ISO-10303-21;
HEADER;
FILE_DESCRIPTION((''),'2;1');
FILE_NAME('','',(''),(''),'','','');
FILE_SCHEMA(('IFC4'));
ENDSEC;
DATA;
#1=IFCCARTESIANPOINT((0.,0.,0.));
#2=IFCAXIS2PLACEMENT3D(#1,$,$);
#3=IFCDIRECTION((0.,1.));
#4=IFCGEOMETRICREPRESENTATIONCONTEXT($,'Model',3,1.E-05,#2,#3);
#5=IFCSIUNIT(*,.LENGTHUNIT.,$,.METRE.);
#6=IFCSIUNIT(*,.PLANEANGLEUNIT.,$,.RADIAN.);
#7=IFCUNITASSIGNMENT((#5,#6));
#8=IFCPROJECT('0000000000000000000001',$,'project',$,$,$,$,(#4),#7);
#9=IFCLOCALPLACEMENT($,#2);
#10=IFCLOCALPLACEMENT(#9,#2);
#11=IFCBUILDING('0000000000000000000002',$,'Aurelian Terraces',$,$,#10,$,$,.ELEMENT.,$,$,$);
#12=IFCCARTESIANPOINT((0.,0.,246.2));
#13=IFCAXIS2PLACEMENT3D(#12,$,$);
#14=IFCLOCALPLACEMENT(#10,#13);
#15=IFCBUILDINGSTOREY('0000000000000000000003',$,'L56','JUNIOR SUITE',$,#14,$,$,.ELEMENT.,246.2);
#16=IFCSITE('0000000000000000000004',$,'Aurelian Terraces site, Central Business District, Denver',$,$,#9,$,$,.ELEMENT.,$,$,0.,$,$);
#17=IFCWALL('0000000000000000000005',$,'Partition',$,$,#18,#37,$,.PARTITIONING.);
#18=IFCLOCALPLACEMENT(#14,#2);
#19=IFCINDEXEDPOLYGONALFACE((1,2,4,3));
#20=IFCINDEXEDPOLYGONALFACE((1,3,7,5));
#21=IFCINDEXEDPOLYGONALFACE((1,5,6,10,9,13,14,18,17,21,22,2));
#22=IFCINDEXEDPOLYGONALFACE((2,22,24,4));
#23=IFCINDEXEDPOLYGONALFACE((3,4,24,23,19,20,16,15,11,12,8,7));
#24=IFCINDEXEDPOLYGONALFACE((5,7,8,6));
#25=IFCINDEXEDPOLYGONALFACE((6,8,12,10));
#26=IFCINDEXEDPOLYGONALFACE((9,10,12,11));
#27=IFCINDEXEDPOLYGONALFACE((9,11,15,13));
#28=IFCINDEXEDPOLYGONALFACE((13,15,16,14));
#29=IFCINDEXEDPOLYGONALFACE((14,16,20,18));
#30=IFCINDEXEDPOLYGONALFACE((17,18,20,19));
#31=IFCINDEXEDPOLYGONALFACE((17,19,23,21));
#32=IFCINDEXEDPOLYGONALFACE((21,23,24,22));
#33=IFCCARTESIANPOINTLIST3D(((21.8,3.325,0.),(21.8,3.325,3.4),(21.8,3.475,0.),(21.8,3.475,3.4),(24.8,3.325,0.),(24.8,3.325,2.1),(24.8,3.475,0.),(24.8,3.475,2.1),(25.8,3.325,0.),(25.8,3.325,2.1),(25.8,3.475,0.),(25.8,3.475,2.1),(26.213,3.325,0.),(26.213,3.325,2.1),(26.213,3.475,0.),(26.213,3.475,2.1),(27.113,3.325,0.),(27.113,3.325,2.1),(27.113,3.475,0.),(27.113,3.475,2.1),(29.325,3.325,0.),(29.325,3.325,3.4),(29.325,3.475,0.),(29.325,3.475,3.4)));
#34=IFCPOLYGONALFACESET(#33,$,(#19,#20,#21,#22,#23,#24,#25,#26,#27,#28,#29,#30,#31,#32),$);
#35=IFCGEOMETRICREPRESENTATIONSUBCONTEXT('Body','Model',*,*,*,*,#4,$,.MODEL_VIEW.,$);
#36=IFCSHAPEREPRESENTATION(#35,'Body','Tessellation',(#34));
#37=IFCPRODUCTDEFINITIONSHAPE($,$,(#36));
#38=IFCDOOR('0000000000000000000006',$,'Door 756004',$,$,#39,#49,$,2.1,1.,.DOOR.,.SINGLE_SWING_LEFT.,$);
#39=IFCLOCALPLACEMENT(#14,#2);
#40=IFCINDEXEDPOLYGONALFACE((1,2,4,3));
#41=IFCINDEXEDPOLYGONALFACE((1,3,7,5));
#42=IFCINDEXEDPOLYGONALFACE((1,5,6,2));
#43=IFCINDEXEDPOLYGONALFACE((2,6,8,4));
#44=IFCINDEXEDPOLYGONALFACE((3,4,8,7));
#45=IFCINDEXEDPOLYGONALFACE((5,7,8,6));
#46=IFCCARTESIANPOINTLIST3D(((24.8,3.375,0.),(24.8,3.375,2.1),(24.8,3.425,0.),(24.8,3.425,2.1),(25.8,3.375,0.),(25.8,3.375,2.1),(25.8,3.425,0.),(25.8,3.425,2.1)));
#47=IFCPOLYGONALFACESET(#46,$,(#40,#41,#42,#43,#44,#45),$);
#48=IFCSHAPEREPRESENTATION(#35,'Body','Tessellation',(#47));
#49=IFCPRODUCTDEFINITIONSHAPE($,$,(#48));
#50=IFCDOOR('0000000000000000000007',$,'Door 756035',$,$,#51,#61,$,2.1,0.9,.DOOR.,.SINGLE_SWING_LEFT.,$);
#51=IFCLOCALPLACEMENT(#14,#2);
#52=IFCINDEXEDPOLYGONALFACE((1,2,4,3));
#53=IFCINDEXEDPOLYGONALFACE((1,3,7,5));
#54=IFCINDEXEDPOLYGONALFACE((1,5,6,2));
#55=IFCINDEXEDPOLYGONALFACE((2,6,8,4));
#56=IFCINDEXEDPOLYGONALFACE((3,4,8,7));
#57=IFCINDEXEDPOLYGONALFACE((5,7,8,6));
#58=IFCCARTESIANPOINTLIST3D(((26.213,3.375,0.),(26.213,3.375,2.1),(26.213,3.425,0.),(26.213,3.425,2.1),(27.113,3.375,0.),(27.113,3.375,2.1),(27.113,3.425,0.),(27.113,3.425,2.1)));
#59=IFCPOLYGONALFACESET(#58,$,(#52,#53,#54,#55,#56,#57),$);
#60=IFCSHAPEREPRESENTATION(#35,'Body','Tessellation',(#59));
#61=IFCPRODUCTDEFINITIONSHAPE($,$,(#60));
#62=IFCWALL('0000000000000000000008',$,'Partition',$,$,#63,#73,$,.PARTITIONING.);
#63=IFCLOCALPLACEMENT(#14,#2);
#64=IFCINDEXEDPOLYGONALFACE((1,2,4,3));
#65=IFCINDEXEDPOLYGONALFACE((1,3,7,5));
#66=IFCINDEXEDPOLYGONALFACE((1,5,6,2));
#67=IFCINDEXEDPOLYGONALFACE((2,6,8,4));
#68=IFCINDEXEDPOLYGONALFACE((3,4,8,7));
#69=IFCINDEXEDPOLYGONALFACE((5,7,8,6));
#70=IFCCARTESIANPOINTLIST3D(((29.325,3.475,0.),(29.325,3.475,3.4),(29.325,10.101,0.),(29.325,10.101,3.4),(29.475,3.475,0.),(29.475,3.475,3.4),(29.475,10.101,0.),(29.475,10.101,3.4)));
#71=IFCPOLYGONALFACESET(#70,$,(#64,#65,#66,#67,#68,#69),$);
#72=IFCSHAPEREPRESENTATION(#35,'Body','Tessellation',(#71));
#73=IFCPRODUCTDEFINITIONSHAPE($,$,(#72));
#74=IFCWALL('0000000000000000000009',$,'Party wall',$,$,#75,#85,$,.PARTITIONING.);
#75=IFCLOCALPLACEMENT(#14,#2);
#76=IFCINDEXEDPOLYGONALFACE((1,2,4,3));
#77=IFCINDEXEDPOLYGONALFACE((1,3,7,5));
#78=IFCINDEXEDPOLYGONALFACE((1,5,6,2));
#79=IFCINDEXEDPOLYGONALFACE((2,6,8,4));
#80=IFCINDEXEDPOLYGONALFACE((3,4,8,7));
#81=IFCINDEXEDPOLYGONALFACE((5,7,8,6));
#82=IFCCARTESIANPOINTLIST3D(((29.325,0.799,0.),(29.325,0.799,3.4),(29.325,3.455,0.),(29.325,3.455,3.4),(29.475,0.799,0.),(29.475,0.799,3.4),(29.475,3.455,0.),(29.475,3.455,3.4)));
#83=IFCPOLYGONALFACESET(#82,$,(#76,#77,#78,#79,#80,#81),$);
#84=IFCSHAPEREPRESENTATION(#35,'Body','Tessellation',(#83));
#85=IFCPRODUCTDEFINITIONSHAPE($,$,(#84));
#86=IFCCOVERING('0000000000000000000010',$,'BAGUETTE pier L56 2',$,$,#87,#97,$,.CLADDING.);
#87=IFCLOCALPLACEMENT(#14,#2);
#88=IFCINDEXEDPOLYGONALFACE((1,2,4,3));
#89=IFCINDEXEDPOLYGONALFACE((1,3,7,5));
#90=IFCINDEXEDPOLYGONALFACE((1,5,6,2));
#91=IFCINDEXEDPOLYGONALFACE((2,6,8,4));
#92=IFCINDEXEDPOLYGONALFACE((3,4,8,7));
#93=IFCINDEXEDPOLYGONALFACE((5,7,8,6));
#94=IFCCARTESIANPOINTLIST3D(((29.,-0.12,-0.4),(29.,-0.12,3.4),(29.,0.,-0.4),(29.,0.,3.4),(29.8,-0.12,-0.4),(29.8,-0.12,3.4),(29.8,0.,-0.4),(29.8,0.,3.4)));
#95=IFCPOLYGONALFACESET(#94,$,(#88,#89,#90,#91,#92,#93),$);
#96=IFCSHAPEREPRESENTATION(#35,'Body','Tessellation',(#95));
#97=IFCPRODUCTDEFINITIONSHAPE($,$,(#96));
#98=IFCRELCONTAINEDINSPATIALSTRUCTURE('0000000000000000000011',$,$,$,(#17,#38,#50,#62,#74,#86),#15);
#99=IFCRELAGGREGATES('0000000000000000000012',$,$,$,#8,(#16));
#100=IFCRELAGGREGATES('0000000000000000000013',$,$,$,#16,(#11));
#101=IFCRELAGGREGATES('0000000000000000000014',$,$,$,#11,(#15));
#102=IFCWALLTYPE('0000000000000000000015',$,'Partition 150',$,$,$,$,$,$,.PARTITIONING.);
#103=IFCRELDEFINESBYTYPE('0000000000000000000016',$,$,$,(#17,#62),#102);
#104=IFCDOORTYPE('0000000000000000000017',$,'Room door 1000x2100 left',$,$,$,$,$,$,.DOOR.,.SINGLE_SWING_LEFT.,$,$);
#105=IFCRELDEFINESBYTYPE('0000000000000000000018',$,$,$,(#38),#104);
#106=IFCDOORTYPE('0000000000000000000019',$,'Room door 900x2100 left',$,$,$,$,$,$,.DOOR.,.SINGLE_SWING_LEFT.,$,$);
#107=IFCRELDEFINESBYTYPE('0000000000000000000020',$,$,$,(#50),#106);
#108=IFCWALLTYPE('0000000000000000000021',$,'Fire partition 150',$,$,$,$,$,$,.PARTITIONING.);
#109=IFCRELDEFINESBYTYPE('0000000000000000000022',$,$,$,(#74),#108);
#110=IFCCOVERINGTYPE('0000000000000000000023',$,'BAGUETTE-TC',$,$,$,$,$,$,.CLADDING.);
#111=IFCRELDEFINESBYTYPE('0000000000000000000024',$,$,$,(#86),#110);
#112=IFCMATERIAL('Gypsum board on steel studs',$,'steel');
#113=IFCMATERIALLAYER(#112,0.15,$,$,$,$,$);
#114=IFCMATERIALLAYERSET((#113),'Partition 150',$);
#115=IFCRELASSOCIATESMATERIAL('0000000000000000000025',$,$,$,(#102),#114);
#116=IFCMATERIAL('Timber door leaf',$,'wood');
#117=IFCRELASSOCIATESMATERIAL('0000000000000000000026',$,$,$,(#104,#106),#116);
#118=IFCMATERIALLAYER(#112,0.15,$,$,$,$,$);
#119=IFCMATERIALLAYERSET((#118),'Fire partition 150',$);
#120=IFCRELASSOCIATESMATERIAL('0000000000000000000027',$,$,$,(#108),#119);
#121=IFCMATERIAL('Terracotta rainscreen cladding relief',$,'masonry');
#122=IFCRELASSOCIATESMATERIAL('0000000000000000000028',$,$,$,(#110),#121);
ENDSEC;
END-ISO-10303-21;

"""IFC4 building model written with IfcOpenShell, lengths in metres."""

from ifc_helpers import new_model, si_unit, direction, frame, frame_2d, origin, origin_2d, place, context, subcontext, project, spatial, rectangle, extrude, source, transform, mapped, material, layer, layer_set, type_object, element, fill, save


model = new_model("IFC4")

# Units and contexts
model_context = context("Model", 3, precision=1e-05, world=origin(), true_north=direction((0.0, 1.0)))
body_context = subcontext(model_context, "Body", "Model", "MODEL_VIEW")
ifc_project = project(units=[si_unit("LENGTHUNIT", "METRE"), si_unit("PLANEANGLEUNIT", "RADIAN")], contexts=[model_context])

# Site, building, storey
site_placement = place(None, origin())
site = spatial("IfcSite", under=ifc_project, at=site_placement, Name="Aurelian Terraces site, Central Business District, Denver", CompositionType="ELEMENT", RefElevation=0.0)
building_placement = place(site_placement, origin())
building = spatial("IfcBuilding", under=site, at=building_placement, Name="Aurelian Terraces", CompositionType="ELEMENT")
storey_placement = place(building_placement, frame((0.0, 0.0, 246.2)))
storey = spatial("IfcBuildingStorey", under=building, at=storey_placement, Name="L56", Description="JUNIOR SUITE", CompositionType="ELEMENT", Elevation=246.2)

# Shared definitions
ifc_material_1 = material(Name="Gypsum board on steel studs", Category="steel")
ifc_layer_1 = layer(ifc_material_1, 0.15)
ifc_layer_set_1 = layer_set([ifc_layer_1], Name="Partition 150")
wall_type_1 = type_object("IfcWallType", Name="Partition 150", PredefinedType="PARTITIONING", material=ifc_layer_set_1)

# Shared definitions
ifc_material_2 = material(Name="Timber door leaf", Category="wood")
door_type_1 = type_object("IfcDoorType", Name="Room door 1000x2100 left", OperationType="SINGLE_SWING_LEFT", PredefinedType="DOOR", material=ifc_material_2)
shared_shape_1 = source(origin(), body_context, "Body", "SweptSolid", [
    extrude(rectangle(XDim=1.0, YDim=2.1, at=frame_2d((0.5, 1.05))), frame((0.0, 0.025, 0.0), z_axis=(0.0, -1.0, 0.0), x_axis=(1.0, 0.0, 0.0)), (0.0, 0.0, 1.0), 0.05),
])

# Wall, openings, doors
shared_shape_2 = source(origin(), body_context, "Body", "SweptSolid", [
    extrude(rectangle(XDim=7.525, YDim=0.15, at=frame_2d((3.7625, 0.0))), origin(), (0.0, 0.0, 1.0), 3.4),
])
wall_1_placement = place(storey_placement, frame((21.8, 3.4, 0.0), z_axis=(0.0, 0.0, 1.0), x_axis=(1.0, 0.0, 0.0)))
wall_1 = element("IfcWall", 1, at=wall_1_placement, inside=storey, type_object=wall_type_1, Name="Partition", PredefinedType="PARTITIONING", context=body_context, shape_type="MappedRepresentation", body=[
    mapped(shared_shape_2, transform((0.0, 0.0, 0.0), scale=1.0)),
])
shared_shape_3 = source(origin(), body_context, "Body", "SweptSolid", [
    extrude(rectangle(XDim=1.0, YDim=2.1, at=frame_2d((0.5, 1.05))), frame((0.0, 0.085, 0.0), z_axis=(0.0, -1.0, 0.0), x_axis=(1.0, 0.0, 0.0)), (0.0, 0.0, 1.0), 0.17),
])
opening_1_placement = place(wall_1_placement, frame((3.0, 0.0, 0.0)))
opening_1 = element("IfcOpeningElement", 2, at=opening_1_placement, cuts=wall_1, PredefinedType="OPENING", context=body_context, shape_type="MappedRepresentation", body=[
    mapped(shared_shape_3, transform((0.0, 0.0, 0.0), scale=1.0)),
])
shared_shape_4 = source(origin(), body_context, "Body", "SweptSolid", [
    extrude(rectangle(XDim=0.9, YDim=2.1, at=frame_2d((0.45, 1.05))), frame((0.0, 0.085, 0.0), z_axis=(0.0, -1.0, 0.0), x_axis=(1.0, 0.0, 0.0)), (0.0, 0.0, 1.0), 0.17),
])
opening_2_placement = place(wall_1_placement, frame((4.413, 0.0, 0.0)))
opening_2 = element("IfcOpeningElement", 3, at=opening_2_placement, cuts=wall_1, PredefinedType="OPENING", context=body_context, shape_type="MappedRepresentation", body=[
    mapped(shared_shape_4, transform((0.0, 0.0, 0.0), scale=1.0)),
])
door_1_placement = place(opening_1_placement, origin())
door_1 = element("IfcDoor", 4, at=door_1_placement, inside=storey, type_object=door_type_1, Name="Door 756004", OperationType="SINGLE_SWING_LEFT", OverallHeight=2.1, OverallWidth=1.0, PredefinedType="DOOR", context=body_context, shape_type="MappedRepresentation", body=[
    mapped(shared_shape_1, transform((0.0, 0.0, 0.0), scale=1.0)),
])
fill(opening_1, door_1)
door_type_2 = type_object("IfcDoorType", Name="Room door 900x2100 left", OperationType="SINGLE_SWING_LEFT", PredefinedType="DOOR", material=ifc_material_2)
shared_shape_5 = source(origin(), body_context, "Body", "SweptSolid", [
    extrude(rectangle(XDim=0.9, YDim=2.1, at=frame_2d((0.45, 1.05))), frame((0.0, 0.025, 0.0), z_axis=(0.0, -1.0, 0.0), x_axis=(1.0, 0.0, 0.0)), (0.0, 0.0, 1.0), 0.05),
])
door_2_placement = place(opening_2_placement, origin())
door_2 = element("IfcDoor", 5, at=door_2_placement, inside=storey, type_object=door_type_2, Name="Door 756035", OperationType="SINGLE_SWING_LEFT", OverallHeight=2.1, OverallWidth=0.9, PredefinedType="DOOR", context=body_context, shape_type="MappedRepresentation", body=[
    mapped(shared_shape_5, transform((0.0, 0.0, 0.0), scale=1.0)),
])
fill(opening_2, door_2)

# Walls
shared_shape_6 = source(origin(), body_context, "Body", "SweptSolid", [
    extrude(rectangle(XDim=6.626, YDim=0.15, at=frame_2d((3.313, 0.0))), origin(), (0.0, 0.0, 1.0), 3.4),
])
wall_2_placement = place(storey_placement, frame((29.4, 3.475, 0.0), z_axis=(0.0, 0.0, 1.0), x_axis=(0.0, 1.0, 0.0)))
element("IfcWall", 6, at=wall_2_placement, inside=storey, type_object=wall_type_1, Name="Partition", PredefinedType="PARTITIONING", context=body_context, shape_type="MappedRepresentation", body=[
    mapped(shared_shape_6, transform((0.0, 0.0, 0.0), scale=1.0)),
])
ifc_layer_2 = layer(ifc_material_1, 0.15)
ifc_layer_set_2 = layer_set([ifc_layer_2], Name="Fire partition 150")
wall_type_2 = type_object("IfcWallType", Name="Fire partition 150", PredefinedType="PARTITIONING", material=ifc_layer_set_2)
shared_shape_7 = source(origin(), body_context, "Body", "SweptSolid", [
    extrude(rectangle(XDim=2.656, YDim=0.15, at=frame_2d((1.328, 0.0))), origin(), (0.0, 0.0, 1.0), 3.4),
])
wall_3_placement = place(storey_placement, frame((29.4, 0.799, 0.0), z_axis=(0.0, 0.0, 1.0), x_axis=(0.0, 1.0, 0.0)))
element("IfcWall", 7, at=wall_3_placement, inside=storey, type_object=wall_type_2, Name="Party wall", PredefinedType="PARTITIONING", context=body_context, shape_type="MappedRepresentation", body=[
    mapped(shared_shape_7, transform((0.0, 0.0, 0.0), scale=1.0)),
])

# Covering
ifc_material_3 = material(Name="Terracotta rainscreen cladding relief", Category="masonry")
covering_type = type_object("IfcCoveringType", Name="BAGUETTE-TC", PredefinedType="CLADDING", material=ifc_material_3)
shared_shape_8 = source(origin(), body_context, "Body", "SweptSolid", [
    extrude(rectangle(XDim=0.8, YDim=0.12, at=origin_2d()), origin(), (0.0, 0.0, 1.0), 3.8),
])
covering_placement = place(storey_placement, frame((29.4, -0.06, -0.4), z_axis=(0.0, 0.0, 1.0), x_axis=(1.0, 0.0, 0.0)))
element("IfcCovering", 8, at=covering_placement, inside=storey, type_object=covering_type, Name="BAGUETTE pier L56 2", PredefinedType="CLADDING", context=body_context, shape_type="MappedRepresentation", body=[
    mapped(shared_shape_8, transform((0.0, 0.0, 0.0), scale=1.0)),
])

save(model, "model.ifc")
